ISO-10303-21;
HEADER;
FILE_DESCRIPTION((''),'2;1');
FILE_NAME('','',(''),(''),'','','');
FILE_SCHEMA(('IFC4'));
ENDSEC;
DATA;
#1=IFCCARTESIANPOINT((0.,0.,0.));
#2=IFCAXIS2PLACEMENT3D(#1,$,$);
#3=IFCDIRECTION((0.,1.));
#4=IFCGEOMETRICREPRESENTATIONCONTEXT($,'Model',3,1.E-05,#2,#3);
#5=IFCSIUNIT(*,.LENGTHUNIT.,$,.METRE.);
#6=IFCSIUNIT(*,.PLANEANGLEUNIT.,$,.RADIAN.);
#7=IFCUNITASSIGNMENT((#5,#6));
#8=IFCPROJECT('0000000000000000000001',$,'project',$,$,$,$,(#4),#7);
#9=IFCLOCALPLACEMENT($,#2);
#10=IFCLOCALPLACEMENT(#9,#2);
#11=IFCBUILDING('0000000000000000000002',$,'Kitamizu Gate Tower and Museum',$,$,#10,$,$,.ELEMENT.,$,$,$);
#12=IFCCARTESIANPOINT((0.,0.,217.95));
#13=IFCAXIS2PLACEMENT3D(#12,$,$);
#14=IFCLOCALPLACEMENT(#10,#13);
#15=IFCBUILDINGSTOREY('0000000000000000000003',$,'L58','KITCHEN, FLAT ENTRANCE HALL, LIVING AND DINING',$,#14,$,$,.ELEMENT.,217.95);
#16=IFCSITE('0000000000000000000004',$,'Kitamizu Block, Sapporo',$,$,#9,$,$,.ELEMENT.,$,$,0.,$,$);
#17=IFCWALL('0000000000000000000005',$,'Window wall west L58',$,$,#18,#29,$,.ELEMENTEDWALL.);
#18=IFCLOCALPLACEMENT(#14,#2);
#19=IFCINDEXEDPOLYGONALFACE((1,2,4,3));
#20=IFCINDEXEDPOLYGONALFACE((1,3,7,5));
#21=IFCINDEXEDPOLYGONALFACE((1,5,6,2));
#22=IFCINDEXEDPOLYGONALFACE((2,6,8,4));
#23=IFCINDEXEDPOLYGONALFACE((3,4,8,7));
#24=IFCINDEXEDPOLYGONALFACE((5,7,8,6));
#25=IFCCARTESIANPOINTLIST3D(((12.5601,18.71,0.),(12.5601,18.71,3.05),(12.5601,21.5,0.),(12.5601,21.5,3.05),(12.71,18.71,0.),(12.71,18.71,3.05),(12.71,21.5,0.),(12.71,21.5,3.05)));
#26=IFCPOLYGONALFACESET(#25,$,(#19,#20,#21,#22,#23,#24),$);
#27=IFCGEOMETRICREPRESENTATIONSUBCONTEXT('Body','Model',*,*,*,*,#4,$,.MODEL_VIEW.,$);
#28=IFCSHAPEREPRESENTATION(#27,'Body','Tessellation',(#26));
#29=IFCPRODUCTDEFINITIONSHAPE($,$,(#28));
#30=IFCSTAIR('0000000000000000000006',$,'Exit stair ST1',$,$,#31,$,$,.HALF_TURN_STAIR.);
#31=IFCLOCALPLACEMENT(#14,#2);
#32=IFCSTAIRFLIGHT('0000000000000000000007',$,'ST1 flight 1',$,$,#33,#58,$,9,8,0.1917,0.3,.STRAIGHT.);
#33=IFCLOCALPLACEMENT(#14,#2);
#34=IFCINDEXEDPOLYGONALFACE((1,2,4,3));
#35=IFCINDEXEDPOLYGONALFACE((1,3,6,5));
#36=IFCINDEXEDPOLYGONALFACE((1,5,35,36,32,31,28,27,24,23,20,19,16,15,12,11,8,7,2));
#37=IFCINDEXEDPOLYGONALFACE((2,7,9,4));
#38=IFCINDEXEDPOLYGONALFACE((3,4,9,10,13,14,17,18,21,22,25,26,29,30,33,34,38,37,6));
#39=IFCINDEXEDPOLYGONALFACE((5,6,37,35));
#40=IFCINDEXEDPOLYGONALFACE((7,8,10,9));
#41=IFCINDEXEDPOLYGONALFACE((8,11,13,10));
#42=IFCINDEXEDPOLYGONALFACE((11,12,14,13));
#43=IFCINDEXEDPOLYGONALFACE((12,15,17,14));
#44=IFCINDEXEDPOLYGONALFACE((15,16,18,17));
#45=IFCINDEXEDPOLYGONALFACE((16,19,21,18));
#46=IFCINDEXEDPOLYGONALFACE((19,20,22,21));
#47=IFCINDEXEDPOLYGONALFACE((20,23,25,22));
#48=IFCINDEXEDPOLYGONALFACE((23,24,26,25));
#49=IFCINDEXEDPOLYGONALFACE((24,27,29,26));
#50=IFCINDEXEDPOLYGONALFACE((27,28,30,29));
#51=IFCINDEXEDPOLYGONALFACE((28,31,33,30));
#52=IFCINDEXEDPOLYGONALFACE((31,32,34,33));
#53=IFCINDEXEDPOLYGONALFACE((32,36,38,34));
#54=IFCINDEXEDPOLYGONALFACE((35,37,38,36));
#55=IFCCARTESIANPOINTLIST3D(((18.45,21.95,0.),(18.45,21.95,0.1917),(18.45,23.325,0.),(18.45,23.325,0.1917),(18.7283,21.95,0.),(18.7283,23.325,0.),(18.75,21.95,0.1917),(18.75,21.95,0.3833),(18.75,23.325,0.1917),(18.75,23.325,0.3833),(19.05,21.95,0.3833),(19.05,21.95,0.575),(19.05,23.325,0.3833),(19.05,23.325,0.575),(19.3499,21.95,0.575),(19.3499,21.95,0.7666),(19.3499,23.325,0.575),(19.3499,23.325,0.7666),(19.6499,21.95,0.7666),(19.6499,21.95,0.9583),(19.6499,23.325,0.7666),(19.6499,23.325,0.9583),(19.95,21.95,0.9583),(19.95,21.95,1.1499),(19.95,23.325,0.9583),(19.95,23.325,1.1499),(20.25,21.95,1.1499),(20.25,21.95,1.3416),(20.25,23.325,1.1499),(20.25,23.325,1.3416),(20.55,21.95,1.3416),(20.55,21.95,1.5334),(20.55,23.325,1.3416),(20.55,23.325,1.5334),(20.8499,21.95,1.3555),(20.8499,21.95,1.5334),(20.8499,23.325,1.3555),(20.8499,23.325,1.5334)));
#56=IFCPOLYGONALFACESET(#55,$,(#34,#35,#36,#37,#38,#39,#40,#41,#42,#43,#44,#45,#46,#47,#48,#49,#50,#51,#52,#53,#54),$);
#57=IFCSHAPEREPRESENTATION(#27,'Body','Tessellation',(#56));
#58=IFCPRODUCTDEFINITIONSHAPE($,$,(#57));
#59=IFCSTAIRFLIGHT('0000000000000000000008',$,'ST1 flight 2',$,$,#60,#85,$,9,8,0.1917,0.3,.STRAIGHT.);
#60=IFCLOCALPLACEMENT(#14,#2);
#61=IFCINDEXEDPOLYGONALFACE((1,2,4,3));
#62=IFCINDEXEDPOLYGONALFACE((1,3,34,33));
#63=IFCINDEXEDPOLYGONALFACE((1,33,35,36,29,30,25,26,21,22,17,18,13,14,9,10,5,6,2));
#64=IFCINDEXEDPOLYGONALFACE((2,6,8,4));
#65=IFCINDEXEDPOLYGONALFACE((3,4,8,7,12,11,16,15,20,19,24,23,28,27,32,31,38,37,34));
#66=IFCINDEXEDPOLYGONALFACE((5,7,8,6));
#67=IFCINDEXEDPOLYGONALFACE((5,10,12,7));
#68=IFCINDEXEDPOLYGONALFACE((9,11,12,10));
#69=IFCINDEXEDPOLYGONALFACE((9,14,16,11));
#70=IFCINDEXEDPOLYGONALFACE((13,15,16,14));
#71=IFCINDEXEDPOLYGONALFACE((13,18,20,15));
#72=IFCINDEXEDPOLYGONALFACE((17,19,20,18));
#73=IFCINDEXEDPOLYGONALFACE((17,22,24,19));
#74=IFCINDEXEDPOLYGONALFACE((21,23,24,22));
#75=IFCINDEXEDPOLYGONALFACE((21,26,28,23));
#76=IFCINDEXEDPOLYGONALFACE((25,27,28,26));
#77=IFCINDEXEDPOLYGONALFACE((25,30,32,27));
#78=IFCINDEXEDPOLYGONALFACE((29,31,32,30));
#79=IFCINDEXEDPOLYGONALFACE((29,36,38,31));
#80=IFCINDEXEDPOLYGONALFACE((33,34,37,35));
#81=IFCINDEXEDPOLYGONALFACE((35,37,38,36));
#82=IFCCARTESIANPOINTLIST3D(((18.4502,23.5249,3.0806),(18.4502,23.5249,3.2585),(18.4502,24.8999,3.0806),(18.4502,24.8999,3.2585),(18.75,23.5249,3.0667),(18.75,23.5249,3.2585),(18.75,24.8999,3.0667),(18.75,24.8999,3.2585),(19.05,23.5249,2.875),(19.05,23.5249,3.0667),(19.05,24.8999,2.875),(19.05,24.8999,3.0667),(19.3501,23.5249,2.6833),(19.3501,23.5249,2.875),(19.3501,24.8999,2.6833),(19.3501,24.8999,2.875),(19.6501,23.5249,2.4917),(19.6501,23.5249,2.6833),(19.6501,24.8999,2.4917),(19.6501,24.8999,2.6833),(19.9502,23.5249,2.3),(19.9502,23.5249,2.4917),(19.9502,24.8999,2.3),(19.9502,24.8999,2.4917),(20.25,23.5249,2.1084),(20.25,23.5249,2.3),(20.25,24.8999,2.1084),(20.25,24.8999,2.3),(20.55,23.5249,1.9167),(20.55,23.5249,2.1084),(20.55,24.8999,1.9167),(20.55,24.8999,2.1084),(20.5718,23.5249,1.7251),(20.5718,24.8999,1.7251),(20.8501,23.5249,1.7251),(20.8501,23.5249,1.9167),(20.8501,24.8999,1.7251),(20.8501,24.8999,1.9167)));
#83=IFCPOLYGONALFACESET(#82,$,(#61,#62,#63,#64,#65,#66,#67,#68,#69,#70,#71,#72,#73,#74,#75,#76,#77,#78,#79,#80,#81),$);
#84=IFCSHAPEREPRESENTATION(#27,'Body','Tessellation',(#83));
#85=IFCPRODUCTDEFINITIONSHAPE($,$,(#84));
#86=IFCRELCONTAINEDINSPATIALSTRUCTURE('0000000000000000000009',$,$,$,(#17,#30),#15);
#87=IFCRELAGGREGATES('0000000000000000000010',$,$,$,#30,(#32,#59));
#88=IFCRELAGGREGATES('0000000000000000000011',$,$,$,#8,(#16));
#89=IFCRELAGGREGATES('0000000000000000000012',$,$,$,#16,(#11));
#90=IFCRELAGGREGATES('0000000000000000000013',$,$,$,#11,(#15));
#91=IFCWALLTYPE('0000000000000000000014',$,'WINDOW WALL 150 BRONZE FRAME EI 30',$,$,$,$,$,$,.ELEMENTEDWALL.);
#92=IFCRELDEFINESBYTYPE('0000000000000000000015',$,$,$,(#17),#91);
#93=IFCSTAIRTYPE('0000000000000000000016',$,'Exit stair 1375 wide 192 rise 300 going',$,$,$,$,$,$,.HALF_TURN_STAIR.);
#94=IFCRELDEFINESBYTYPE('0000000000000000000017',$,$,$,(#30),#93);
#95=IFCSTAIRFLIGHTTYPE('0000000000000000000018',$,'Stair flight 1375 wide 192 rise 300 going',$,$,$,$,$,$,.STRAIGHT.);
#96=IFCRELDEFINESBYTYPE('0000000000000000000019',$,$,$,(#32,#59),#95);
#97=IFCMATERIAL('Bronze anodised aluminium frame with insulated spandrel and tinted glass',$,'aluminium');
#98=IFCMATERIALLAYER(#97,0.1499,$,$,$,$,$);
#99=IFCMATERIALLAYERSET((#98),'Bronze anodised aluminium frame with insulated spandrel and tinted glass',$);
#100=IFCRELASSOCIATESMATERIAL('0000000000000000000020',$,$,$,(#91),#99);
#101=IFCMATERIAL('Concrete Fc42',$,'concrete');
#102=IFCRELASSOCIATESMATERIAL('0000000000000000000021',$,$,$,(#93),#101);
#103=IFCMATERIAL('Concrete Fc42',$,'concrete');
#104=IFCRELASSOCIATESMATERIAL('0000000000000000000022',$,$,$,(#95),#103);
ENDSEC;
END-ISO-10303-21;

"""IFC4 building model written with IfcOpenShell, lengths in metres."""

from ifc_helpers import new_model, si_unit, direction, frame, frame_2d, origin, place, context, subcontext, project, spatial, polyline, rectangle, outline, extrude, material, layer, layer_set, type_object, element, aggregate, save


model = new_model("IFC4")

# Units and contexts
model_context = context("Model", 3, precision=1e-05, world=origin(), true_north=direction((0.0, 1.0)))
body_context = subcontext(model_context, "Body", "Model", "MODEL_VIEW")
ifc_project = project(units=[si_unit("LENGTHUNIT", "METRE"), si_unit("PLANEANGLEUNIT", "RADIAN")], contexts=[model_context])

# Site, building, storey
site_placement = place(None, origin())
site = spatial("IfcSite", under=ifc_project, at=site_placement, Name="Kitamizu Block, Sapporo", CompositionType="ELEMENT", RefElevation=0.0)
building_placement = place(site_placement, origin())
building = spatial("IfcBuilding", under=site, at=building_placement, Name="Kitamizu Gate Tower and Museum", CompositionType="ELEMENT")
storey_placement = place(building_placement, frame((0.0, 0.0, 217.95)))
storey = spatial("IfcBuildingStorey", under=building, at=storey_placement, Name="L58", Description="KITCHEN, FLAT ENTRANCE HALL, LIVING AND DINING", CompositionType="ELEMENT", Elevation=217.95)

# Wall
ifc_material_1 = material(Name="Bronze anodised aluminium frame with insulated spandrel and tinted glass", Category="aluminium")
ifc_layer_1 = layer(ifc_material_1, 0.1499)
ifc_layer_set_1 = layer_set([ifc_layer_1], Name="Bronze anodised aluminium frame with insulated spandrel and tinted glass")
wall_type_1 = type_object("IfcWallType", Name="WINDOW WALL 150 BRONZE FRAME EI 30", PredefinedType="ELEMENTEDWALL", material=ifc_layer_set_1)
wall_1_placement = place(storey_placement, frame((12.635, 18.71, 0.0), z_axis=(0.0, 0.0, 1.0), x_axis=(0.0, 1.0, 0.0)))
element("IfcWall", 1, at=wall_1_placement, inside=storey, type_object=wall_type_1, Name="Window wall west L58", PredefinedType="ELEMENTEDWALL", context=body_context, shape_type="SweptSolid", body=[
    extrude(rectangle(XDim=2.79, YDim=0.1499, at=frame_2d((1.395, 0.0))), origin(), (0.0, 0.0, 1.0), 3.05),
])

# Stair, stair flights
ifc_material_2 = material(Name="Concrete Fc42", Category="concrete")
stair_type = type_object("IfcStairType", Name="Exit stair 1375 wide 192 rise 300 going", PredefinedType="HALF_TURN_STAIR", material=ifc_material_2)
stair_placement = place(storey_placement, origin())
stair = element("IfcStair", 2, at=stair_placement, inside=storey, type_object=stair_type, Name="Exit stair ST1", PredefinedType="HALF_TURN_STAIR")
ifc_material_3 = material(Name="Concrete Fc42", Category="concrete")
stair_flight_type = type_object("IfcStairFlightType", Name="Stair flight 1375 wide 192 rise 300 going", PredefinedType="STRAIGHT", material=ifc_material_3)
stair_flight_1_placement = place(storey_placement, frame((18.45, 22.6375, 0.0), z_axis=(0.0, 0.0, 1.0), x_axis=(1.0, 0.0, 0.0)))
stair_flight_1 = element("IfcStairFlight", 3, at=stair_flight_1_placement, type_object=stair_flight_type, Name="ST1 flight 1", NumberOfRisers=9, NumberOfTreads=8, PredefinedType="STRAIGHT", RiserHeight=0.1917, TreadLength=0.3, context=body_context, shape_type="SweptSolid", body=[
    extrude(outline(polyline([(0.0, 0.0), (0.0, 0.1917), (0.3, 0.1917), (0.3, 0.3833), (0.6001, 0.3833), (0.6001, 0.575), (0.8999, 0.575), (0.8999, 0.7666), (1.2, 0.7666), (1.2, 0.9583), (1.5, 0.9583), (1.5, 1.1499), (1.8, 1.1499), (1.8, 1.3416), (2.1001, 1.3416), (2.1001, 1.5334), (2.3999, 1.5334), (2.3999, 1.7251), (2.3999, 1.3555), (0.2783, 0.0), (0.0, 0.0)])), frame((0.0, 0.6875, 0.0), z_axis=(0.0, -1.0, 0.0), x_axis=(1.0, 0.0, 0.0)), (0.0, 0.0, 1.0), 1.375),
])
stair_flight_2_placement = place(storey_placement, frame((20.8501, 24.2124, 1.7251), z_axis=(0.0, 0.0, 1.0), x_axis=(-1.0, 0.0, 0.0)))
stair_flight_2 = element("IfcStairFlight", 4, at=stair_flight_2_placement, type_object=stair_flight_type, Name="ST1 flight 2", NumberOfRisers=9, NumberOfTreads=8, PredefinedType="STRAIGHT", RiserHeight=0.1917, TreadLength=0.3, context=body_context, shape_type="SweptSolid", body=[
    extrude(outline(polyline([(0.0, 0.0), (0.0, 0.1917), (0.3, 0.1917), (0.3, 0.3833), (0.6001, 0.3833), (0.6001, 0.575), (0.8999, 0.575), (0.8999, 0.7666), (1.2, 0.7666), (1.2, 0.9583), (1.5, 0.9583), (1.5, 1.1499), (1.8, 1.1499), (1.8, 1.3416), (2.1001, 1.3416), (2.1001, 1.5334), (2.3999, 1.5334), (2.3999, 1.7251), (2.3999, 1.3555), (0.2783, 0.0), (0.0, 0.0)])), frame((0.0, 0.6875, 0.0), z_axis=(0.0, -1.0, 0.0), x_axis=(1.0, 0.0, 0.0)), (0.0, 0.0, 1.0), 1.375),
])
aggregate(stair, [stair_flight_1, stair_flight_2])

save(model, "model.ifc")
